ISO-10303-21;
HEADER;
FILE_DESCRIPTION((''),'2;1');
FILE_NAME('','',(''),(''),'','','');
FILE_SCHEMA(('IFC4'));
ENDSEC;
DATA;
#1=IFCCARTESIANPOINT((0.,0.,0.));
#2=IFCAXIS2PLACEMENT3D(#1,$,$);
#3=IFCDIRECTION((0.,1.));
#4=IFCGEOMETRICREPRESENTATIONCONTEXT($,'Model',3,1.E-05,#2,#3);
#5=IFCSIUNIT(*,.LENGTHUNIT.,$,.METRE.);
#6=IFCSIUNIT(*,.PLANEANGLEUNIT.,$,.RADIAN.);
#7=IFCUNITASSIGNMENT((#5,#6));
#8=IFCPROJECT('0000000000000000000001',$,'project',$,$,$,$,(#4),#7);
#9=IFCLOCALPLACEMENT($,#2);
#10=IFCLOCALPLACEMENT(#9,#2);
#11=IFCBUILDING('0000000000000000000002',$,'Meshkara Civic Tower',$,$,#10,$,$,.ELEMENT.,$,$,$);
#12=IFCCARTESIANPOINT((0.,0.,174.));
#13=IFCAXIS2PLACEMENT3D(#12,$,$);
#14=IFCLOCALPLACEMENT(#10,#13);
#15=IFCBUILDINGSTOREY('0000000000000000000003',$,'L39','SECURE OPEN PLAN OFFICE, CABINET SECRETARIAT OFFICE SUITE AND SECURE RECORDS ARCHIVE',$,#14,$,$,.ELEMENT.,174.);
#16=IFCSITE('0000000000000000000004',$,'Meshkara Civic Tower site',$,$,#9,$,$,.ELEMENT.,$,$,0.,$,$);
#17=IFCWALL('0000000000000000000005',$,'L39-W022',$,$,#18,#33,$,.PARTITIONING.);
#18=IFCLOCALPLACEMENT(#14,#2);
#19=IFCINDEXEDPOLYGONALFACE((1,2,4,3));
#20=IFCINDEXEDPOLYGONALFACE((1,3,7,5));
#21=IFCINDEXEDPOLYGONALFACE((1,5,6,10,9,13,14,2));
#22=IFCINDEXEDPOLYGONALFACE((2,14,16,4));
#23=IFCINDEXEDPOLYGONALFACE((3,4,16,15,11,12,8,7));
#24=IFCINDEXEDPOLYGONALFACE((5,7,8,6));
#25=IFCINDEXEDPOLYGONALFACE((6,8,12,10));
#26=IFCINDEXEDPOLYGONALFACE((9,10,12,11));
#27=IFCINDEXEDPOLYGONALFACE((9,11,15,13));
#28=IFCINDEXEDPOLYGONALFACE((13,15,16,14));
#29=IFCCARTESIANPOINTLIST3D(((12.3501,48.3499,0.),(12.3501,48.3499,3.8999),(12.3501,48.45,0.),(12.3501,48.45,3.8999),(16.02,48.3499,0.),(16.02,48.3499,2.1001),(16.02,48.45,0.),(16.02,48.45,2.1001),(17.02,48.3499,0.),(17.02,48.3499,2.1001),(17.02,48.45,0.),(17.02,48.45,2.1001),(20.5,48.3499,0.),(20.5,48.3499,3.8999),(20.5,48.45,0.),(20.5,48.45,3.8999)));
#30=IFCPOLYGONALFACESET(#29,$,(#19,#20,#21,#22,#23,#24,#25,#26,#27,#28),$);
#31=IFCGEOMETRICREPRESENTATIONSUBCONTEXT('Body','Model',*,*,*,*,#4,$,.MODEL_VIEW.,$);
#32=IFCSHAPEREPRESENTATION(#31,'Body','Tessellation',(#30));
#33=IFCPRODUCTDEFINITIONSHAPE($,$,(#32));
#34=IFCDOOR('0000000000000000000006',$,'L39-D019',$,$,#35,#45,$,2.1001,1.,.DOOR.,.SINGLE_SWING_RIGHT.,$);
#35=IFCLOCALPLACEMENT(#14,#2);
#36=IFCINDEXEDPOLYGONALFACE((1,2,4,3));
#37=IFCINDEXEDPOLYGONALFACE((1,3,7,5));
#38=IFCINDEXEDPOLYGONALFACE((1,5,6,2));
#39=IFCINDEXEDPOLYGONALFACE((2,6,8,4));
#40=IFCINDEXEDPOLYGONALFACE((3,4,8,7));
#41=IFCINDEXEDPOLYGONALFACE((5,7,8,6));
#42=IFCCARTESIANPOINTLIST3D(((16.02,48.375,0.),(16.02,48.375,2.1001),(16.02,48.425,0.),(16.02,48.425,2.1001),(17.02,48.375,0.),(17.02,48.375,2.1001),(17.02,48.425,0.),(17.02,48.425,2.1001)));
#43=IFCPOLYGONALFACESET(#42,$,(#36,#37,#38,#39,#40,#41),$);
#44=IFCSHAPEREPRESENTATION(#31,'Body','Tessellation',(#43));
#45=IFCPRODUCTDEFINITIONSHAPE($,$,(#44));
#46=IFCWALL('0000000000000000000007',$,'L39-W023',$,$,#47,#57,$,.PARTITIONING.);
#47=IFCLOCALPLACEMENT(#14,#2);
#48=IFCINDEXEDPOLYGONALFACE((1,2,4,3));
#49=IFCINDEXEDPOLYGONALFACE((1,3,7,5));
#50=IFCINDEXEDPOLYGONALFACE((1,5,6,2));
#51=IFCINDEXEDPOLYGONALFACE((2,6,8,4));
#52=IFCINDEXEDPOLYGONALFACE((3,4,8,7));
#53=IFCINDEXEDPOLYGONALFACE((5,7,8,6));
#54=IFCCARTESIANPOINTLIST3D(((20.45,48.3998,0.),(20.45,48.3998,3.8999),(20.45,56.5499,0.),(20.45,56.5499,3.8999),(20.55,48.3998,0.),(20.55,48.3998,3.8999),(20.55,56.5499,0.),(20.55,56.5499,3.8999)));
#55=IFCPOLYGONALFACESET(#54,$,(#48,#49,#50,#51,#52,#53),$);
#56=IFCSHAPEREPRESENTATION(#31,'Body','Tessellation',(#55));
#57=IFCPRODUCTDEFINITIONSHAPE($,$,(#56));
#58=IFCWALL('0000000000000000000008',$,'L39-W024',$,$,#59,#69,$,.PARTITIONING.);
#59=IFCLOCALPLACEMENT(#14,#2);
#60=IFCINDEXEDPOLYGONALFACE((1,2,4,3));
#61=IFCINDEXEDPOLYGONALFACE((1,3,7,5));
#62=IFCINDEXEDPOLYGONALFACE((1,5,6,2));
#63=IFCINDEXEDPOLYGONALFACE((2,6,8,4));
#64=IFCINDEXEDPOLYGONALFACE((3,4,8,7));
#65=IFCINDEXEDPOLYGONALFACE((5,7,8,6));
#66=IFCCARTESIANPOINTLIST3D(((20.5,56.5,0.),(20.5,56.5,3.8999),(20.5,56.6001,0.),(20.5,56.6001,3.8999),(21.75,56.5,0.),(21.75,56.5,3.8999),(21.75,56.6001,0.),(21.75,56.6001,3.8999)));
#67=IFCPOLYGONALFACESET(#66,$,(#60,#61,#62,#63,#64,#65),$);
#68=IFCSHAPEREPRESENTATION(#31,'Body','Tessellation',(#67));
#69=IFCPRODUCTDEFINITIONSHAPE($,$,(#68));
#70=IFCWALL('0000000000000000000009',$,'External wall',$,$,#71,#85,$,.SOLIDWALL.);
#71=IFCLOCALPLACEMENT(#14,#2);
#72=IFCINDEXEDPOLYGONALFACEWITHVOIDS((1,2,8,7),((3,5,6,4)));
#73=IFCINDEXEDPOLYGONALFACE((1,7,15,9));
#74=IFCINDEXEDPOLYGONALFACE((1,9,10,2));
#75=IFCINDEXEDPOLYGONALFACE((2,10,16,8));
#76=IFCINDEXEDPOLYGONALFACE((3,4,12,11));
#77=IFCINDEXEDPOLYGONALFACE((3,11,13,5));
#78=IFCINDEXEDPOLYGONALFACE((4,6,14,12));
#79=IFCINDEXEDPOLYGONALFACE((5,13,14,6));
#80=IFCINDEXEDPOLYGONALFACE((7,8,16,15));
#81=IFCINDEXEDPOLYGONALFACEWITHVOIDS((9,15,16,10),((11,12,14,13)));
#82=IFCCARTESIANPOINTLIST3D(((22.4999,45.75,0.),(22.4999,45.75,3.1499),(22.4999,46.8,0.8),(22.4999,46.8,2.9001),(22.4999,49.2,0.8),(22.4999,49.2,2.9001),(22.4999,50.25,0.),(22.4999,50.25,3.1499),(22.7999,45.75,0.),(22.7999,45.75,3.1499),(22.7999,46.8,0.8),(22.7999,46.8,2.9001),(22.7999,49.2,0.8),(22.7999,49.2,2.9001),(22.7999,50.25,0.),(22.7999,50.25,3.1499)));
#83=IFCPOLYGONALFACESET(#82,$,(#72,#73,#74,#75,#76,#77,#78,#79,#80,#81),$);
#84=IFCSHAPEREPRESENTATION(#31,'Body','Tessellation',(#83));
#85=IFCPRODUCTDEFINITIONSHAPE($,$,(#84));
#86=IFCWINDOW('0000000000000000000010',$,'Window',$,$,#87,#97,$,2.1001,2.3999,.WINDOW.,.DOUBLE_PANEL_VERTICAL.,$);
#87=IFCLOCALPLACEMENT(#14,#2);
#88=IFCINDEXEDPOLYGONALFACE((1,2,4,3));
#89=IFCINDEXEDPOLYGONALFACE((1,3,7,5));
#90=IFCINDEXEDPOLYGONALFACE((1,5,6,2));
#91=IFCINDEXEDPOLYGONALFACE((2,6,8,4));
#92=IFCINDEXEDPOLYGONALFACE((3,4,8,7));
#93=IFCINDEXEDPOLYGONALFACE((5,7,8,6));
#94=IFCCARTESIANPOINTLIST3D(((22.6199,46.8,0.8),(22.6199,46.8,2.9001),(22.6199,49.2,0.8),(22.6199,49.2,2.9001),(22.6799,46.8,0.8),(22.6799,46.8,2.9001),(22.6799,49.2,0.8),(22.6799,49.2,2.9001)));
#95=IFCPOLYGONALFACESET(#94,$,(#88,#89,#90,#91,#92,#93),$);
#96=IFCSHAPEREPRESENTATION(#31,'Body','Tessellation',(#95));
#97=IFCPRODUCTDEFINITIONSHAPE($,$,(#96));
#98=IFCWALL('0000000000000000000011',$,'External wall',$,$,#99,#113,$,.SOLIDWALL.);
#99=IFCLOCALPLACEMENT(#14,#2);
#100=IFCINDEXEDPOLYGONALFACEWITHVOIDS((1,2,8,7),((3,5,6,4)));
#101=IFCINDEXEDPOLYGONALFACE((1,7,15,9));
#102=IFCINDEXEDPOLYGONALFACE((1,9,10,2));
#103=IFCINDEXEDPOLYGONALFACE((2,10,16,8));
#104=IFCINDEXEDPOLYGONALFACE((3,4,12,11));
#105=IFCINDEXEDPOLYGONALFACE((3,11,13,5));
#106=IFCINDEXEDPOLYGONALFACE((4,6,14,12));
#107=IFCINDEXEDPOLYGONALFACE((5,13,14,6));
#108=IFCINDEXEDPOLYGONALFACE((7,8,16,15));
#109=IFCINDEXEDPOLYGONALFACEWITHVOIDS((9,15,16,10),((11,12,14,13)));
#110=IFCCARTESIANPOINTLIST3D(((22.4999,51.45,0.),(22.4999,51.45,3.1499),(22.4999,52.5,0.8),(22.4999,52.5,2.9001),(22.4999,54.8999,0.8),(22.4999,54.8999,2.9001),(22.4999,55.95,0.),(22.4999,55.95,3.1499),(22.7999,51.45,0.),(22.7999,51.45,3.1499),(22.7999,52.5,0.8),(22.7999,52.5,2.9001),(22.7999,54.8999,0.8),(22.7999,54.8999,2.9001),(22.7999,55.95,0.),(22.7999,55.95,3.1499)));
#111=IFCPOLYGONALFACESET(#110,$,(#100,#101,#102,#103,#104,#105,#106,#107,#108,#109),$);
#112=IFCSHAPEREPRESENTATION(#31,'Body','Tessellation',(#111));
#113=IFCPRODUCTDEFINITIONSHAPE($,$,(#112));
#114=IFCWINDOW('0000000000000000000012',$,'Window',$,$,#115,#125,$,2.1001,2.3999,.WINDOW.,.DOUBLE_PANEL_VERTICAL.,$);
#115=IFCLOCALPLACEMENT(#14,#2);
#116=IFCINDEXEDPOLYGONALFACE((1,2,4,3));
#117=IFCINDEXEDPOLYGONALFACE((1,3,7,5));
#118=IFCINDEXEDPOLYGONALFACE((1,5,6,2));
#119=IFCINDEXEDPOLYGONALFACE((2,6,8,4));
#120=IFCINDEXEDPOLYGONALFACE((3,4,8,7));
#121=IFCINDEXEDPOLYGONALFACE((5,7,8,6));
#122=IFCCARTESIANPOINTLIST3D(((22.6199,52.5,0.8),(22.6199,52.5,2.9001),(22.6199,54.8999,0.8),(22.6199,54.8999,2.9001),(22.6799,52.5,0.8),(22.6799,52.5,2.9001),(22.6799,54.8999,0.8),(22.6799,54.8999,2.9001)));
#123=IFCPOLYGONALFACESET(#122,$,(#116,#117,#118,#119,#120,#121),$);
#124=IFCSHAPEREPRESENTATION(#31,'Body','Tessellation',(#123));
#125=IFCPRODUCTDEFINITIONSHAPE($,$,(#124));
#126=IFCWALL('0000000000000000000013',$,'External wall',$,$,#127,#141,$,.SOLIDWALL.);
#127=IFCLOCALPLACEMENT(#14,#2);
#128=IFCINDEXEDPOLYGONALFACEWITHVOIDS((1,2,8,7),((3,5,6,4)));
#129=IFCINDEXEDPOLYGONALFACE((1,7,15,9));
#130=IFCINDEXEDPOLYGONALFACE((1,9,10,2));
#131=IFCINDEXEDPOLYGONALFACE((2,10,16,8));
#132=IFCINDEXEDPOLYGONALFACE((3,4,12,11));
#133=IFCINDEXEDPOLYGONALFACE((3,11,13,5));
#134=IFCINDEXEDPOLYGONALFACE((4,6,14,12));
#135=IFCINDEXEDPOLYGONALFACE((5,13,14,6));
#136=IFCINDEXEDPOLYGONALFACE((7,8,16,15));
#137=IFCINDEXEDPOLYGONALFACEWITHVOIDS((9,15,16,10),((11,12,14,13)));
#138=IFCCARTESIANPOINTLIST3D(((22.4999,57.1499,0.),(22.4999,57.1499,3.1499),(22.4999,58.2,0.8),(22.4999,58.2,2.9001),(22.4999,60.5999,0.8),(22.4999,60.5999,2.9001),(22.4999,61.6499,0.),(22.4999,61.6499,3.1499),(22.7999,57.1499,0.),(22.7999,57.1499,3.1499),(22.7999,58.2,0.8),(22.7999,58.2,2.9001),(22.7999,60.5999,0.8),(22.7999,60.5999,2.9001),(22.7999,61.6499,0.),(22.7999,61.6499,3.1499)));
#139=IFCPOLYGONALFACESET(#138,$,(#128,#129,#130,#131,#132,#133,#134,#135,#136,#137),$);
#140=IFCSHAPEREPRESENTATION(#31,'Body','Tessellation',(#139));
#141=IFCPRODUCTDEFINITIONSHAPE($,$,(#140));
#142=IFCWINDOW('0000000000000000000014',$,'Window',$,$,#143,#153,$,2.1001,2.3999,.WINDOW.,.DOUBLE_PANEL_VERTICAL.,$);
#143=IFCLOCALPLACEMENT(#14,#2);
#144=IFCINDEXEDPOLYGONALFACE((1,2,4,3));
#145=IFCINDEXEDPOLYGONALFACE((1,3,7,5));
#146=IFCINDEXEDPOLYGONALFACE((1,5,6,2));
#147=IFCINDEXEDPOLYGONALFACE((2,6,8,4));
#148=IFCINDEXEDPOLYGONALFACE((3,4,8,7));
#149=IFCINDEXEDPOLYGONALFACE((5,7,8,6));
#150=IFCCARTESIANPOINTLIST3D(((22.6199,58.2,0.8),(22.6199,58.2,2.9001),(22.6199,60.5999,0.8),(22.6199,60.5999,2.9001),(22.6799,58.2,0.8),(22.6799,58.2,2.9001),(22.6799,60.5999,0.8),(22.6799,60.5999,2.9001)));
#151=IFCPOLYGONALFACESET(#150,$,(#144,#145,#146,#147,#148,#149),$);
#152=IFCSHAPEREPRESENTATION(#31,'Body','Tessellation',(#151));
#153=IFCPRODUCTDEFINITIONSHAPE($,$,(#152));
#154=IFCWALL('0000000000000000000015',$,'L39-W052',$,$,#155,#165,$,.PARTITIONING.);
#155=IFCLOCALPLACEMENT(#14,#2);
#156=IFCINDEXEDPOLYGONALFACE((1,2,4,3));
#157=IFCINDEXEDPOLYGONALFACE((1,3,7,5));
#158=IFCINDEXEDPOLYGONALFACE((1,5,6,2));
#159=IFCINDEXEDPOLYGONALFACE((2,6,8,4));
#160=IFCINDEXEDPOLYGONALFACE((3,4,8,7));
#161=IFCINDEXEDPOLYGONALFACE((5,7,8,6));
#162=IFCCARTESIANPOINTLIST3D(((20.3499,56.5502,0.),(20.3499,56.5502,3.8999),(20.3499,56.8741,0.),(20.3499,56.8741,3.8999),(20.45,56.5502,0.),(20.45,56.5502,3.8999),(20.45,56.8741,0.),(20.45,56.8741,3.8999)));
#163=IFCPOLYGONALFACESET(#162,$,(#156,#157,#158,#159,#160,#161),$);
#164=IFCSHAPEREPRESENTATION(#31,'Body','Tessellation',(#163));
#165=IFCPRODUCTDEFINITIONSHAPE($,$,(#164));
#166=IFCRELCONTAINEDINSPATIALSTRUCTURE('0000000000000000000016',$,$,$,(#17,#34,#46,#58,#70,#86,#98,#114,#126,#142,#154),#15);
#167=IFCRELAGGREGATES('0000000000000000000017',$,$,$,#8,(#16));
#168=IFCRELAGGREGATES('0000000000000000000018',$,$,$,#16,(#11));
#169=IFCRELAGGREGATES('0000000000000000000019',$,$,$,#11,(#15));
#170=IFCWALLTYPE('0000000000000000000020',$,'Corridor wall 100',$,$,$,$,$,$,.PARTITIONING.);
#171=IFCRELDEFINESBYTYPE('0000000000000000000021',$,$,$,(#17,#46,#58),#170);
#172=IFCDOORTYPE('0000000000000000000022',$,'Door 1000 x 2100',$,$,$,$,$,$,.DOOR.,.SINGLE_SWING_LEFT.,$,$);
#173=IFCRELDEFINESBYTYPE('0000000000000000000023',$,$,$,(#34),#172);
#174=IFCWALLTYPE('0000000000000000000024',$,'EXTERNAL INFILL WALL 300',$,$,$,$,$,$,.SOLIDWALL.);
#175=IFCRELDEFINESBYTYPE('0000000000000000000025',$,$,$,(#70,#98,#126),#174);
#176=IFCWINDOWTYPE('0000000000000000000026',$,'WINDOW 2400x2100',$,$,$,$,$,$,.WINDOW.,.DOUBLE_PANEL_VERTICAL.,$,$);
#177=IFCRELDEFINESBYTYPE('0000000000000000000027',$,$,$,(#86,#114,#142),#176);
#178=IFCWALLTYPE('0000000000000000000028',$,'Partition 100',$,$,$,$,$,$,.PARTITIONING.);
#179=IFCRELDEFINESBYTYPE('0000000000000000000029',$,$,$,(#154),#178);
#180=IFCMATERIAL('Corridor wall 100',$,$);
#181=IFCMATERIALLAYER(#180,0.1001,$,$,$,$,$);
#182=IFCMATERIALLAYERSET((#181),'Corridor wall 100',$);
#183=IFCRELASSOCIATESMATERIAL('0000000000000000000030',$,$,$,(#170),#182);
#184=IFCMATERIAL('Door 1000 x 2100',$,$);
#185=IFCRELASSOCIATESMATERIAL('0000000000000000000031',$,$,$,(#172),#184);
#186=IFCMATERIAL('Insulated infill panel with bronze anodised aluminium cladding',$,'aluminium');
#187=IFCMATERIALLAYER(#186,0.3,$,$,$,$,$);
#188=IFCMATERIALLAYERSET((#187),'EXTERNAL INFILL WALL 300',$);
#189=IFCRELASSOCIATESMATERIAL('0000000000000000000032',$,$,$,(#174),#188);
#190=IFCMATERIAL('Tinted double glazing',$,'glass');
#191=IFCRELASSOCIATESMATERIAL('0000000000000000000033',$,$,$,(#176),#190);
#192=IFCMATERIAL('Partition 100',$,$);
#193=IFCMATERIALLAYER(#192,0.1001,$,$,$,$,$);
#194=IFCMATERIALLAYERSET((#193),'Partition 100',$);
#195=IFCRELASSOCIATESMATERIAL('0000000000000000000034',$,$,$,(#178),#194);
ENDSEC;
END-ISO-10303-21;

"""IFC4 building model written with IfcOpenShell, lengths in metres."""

from ifc_helpers import new_model, si_unit, direction, frame, frame_2d, origin, place, context, subcontext, project, spatial, rectangle, extrude, material, layer, layer_set, type_object, element, fill, save


model = new_model("IFC4")

# Units and contexts
model_context = context("Model", 3, precision=1e-05, world=origin(), true_north=direction((0.0, 1.0)))
body_context = subcontext(model_context, "Body", "Model", "MODEL_VIEW")
ifc_project = project(units=[si_unit("LENGTHUNIT", "METRE"), si_unit("PLANEANGLEUNIT", "RADIAN")], contexts=[model_context])

# Site, building, storey
site_placement = place(None, origin())
site = spatial("IfcSite", under=ifc_project, at=site_placement, Name="Meshkara Civic Tower site", CompositionType="ELEMENT", RefElevation=0.0)
building_placement = place(site_placement, origin())
building = spatial("IfcBuilding", under=site, at=building_placement, Name="Meshkara Civic Tower", CompositionType="ELEMENT")
storey_placement = place(building_placement, frame((0.0, 0.0, 174.0)))
storey = spatial("IfcBuildingStorey", under=building, at=storey_placement, Name="L39", Description="SECURE OPEN PLAN OFFICE, CABINET SECRETARIAT OFFICE SUITE AND SECURE RECORDS ARCHIVE", CompositionType="ELEMENT", Elevation=174.0)

# Shared definitions
ifc_material_1 = material(Name="Corridor wall 100")
ifc_layer_1 = layer(ifc_material_1, 0.1001)
ifc_layer_set_1 = layer_set([ifc_layer_1], Name="Corridor wall 100")
wall_type_1 = type_object("IfcWallType", Name="Corridor wall 100", PredefinedType="PARTITIONING", material=ifc_layer_set_1)

# Shared definitions
ifc_material_2 = material(Name="Door 1000 x 2100")
door_type = type_object("IfcDoorType", Name="Door 1000 x 2100", OperationType="SINGLE_SWING_LEFT", PredefinedType="DOOR", material=ifc_material_2)

# Wall, opening, door
wall_1_placement = place(storey_placement, frame((20.5, 48.3999, 0.0), z_axis=(0.0, 0.0, 1.0), x_axis=(-1.0, 0.0, 0.0)))
wall_1 = element("IfcWall", 1, at=wall_1_placement, inside=storey, type_object=wall_type_1, Name="L39-W022", PredefinedType="PARTITIONING", context=body_context, shape_type="SweptSolid", body=[
    extrude(rectangle(XDim=8.1499, YDim=0.1001, at=frame_2d((4.075, 0.0))), origin(), (0.0, 0.0, 1.0), 3.8999),
])
opening_1_placement = place(wall_1_placement, frame((3.48, 0.0, 0.0)))
opening_1 = element("IfcOpeningElement", 2, at=opening_1_placement, cuts=wall_1, PredefinedType="OPENING", context=body_context, shape_type="SweptSolid", body=[
    extrude(rectangle(XDim=1.0, YDim=2.1001, at=frame_2d((0.5, 1.05))), frame((0.0, 0.0601, 0.0), z_axis=(0.0, -1.0, 0.0), x_axis=(1.0, 0.0, 0.0)), (0.0, 0.0, 1.0), 0.1201),
])
door_1_placement = place(opening_1_placement, origin())
door_1 = element("IfcDoor", 3, at=door_1_placement, inside=storey, type_object=door_type, Name="L39-D019", OperationType="SINGLE_SWING_RIGHT", OverallHeight=2.1001, OverallWidth=1.0, PredefinedType="DOOR", context=body_context, shape_type="SweptSolid", body=[
    extrude(rectangle(XDim=1.0, YDim=2.1001, at=frame_2d((0.5, 1.05))), frame((0.0, 0.0249, 0.0), z_axis=(0.0, -1.0, 0.0), x_axis=(1.0, 0.0, 0.0)), (0.0, 0.0, 1.0), 0.05),
])
fill(opening_1, door_1)

# Walls
wall_2_placement = place(storey_placement, frame((20.5, 56.55, 0.0), z_axis=(0.0, 0.0, 1.0), x_axis=(0.0, -1.0, 0.0)))
element("IfcWall", 4, at=wall_2_placement, inside=storey, type_object=wall_type_1, Name="L39-W023", PredefinedType="PARTITIONING", context=body_context, shape_type="SweptSolid", body=[
    extrude(rectangle(XDim=8.1501, YDim=0.1001, at=frame_2d((4.0752, 0.0))), origin(), (0.0, 0.0, 1.0), 3.8999),
])
wall_3_placement = place(storey_placement, frame((21.75, 56.55, 0.0), z_axis=(0.0, 0.0, 1.0), x_axis=(-1.0, 0.0, 0.0)))
element("IfcWall", 5, at=wall_3_placement, inside=storey, type_object=wall_type_1, Name="L39-W024", PredefinedType="PARTITIONING", context=body_context, shape_type="SweptSolid", body=[
    extrude(rectangle(XDim=1.25, YDim=0.1001, at=frame_2d((0.625, 0.0))), origin(), (0.0, 0.0, 1.0), 3.8999),
])

# Walls, openings, windows
ifc_material_3 = material(Name="Insulated infill panel with bronze anodised aluminium cladding", Category="aluminium")
ifc_layer_2 = layer(ifc_material_3, 0.3)
ifc_layer_set_2 = layer_set([ifc_layer_2], Name="EXTERNAL INFILL WALL 300")
wall_type_2 = type_object("IfcWallType", Name="EXTERNAL INFILL WALL 300", PredefinedType="SOLIDWALL", material=ifc_layer_set_2)
wall_4_placement = place(storey_placement, frame((22.6499, 45.75, 0.0), z_axis=(0.0, 0.0, 1.0), x_axis=(0.0, 1.0, 0.0)))
wall_4 = element("IfcWall", 6, at=wall_4_placement, inside=storey, type_object=wall_type_2, Name="External wall", PredefinedType="SOLIDWALL", context=body_context, shape_type="SweptSolid", body=[
    extrude(rectangle(XDim=4.5, YDim=0.3, at=frame_2d((2.25, 0.0))), origin(), (0.0, 0.0, 1.0), 3.1499),
])
opening_2_placement = place(wall_4_placement, frame((1.05, 0.0, 0.8)))
opening_2 = element("IfcOpeningElement", 7, at=opening_2_placement, cuts=wall_4, PredefinedType="OPENING", context=body_context, shape_type="SweptSolid", body=[
    extrude(rectangle(XDim=2.3999, YDim=2.1001, at=frame_2d((1.2, 1.05))), frame((0.0, 0.1599, 0.0), z_axis=(0.0, -1.0, 0.0), x_axis=(1.0, 0.0, 0.0)), (0.0, 0.0, 1.0), 0.3201),
])
ifc_material_4 = material(Name="Tinted double glazing", Category="glass")
window_type = type_object("IfcWindowType", Name="WINDOW 2400x2100", PartitioningType="DOUBLE_PANEL_VERTICAL", PredefinedType="WINDOW", material=ifc_material_4)
window_1_placement = place(opening_2_placement, origin())
window_1 = element("IfcWindow", 8, at=window_1_placement, inside=storey, type_object=window_type, Name="Window", OverallHeight=2.1001, OverallWidth=2.3999, PartitioningType="DOUBLE_PANEL_VERTICAL", PredefinedType="WINDOW", context=body_context, shape_type="SweptSolid", body=[
    extrude(rectangle(XDim=2.3999, YDim=2.1001, at=frame_2d((1.2, 1.05))), frame((0.0, 0.03, 0.0), z_axis=(0.0, -1.0, 0.0), x_axis=(1.0, 0.0, 0.0)), (0.0, 0.0, 1.0), 0.0601),
])
fill(opening_2, window_1)
wall_5_placement = place(storey_placement, frame((22.6499, 51.45, 0.0), z_axis=(0.0, 0.0, 1.0), x_axis=(0.0, 1.0, 0.0)))
wall_5 = element("IfcWall", 9, at=wall_5_placement, inside=storey, type_object=wall_type_2, Name="External wall", PredefinedType="SOLIDWALL", context=body_context, shape_type="SweptSolid", body=[
    extrude(rectangle(XDim=4.5, YDim=0.3, at=frame_2d((2.25, 0.0))), origin(), (0.0, 0.0, 1.0), 3.1499),
])
opening_3_placement = place(wall_5_placement, frame((1.05, 0.0, 0.8)))
opening_3 = element("IfcOpeningElement", 10, at=opening_3_placement, cuts=wall_5, PredefinedType="OPENING", context=body_context, shape_type="SweptSolid", body=[
    extrude(rectangle(XDim=2.3999, YDim=2.1001, at=frame_2d((1.2, 1.05))), frame((0.0, 0.1599, 0.0), z_axis=(0.0, -1.0, 0.0), x_axis=(1.0, 0.0, 0.0)), (0.0, 0.0, 1.0), 0.3201),
])
window_2_placement = place(opening_3_placement, origin())
window_2 = element("IfcWindow", 11, at=window_2_placement, inside=storey, type_object=window_type, Name="Window", OverallHeight=2.1001, OverallWidth=2.3999, PartitioningType="DOUBLE_PANEL_VERTICAL", PredefinedType="WINDOW", context=body_context, shape_type="SweptSolid", body=[
    extrude(rectangle(XDim=2.3999, YDim=2.1001, at=frame_2d((1.2, 1.05))), frame((0.0, 0.03, 0.0), z_axis=(0.0, -1.0, 0.0), x_axis=(1.0, 0.0, 0.0)), (0.0, 0.0, 1.0), 0.0601),
])
fill(opening_3, window_2)
wall_6_placement = place(storey_placement, frame((22.6499, 57.1499, 0.0), z_axis=(0.0, 0.0, 1.0), x_axis=(0.0, 1.0, 0.0)))
wall_6 = element("IfcWall", 12, at=wall_6_placement, inside=storey, type_object=wall_type_2, Name="External wall", PredefinedType="SOLIDWALL", context=body_context, shape_type="SweptSolid", body=[
    extrude(rectangle(XDim=4.5, YDim=0.3, at=frame_2d((2.25, 0.0))), origin(), (0.0, 0.0, 1.0), 3.1499),
])
opening_4_placement = place(wall_6_placement, frame((1.05, 0.0, 0.8)))
opening_4 = element("IfcOpeningElement", 13, at=opening_4_placement, cuts=wall_6, PredefinedType="OPENING", context=body_context, shape_type="SweptSolid", body=[
    extrude(rectangle(XDim=2.3999, YDim=2.1001, at=frame_2d((1.2, 1.05))), frame((0.0, 0.1599, 0.0), z_axis=(0.0, -1.0, 0.0), x_axis=(1.0, 0.0, 0.0)), (0.0, 0.0, 1.0), 0.3201),
])
window_3_placement = place(opening_4_placement, origin())
window_3 = element("IfcWindow", 14, at=window_3_placement, inside=storey, type_object=window_type, Name="Window", OverallHeight=2.1001, OverallWidth=2.3999, PartitioningType="DOUBLE_PANEL_VERTICAL", PredefinedType="WINDOW", context=body_context, shape_type="SweptSolid", body=[
    extrude(rectangle(XDim=2.3999, YDim=2.1001, at=frame_2d((1.2, 1.05))), frame((0.0, 0.03, 0.0), z_axis=(0.0, -1.0, 0.0), x_axis=(1.0, 0.0, 0.0)), (0.0, 0.0, 1.0), 0.0601),
])
fill(opening_4, window_3)

# Wall
ifc_material_5 = material(Name="Partition 100")
ifc_layer_3 = layer(ifc_material_5, 0.1001)
ifc_layer_set_3 = layer_set([ifc_layer_3], Name="Partition 100")
wall_type_3 = type_object("IfcWallType", Name="Partition 100", PredefinedType="PARTITIONING", material=ifc_layer_set_3)
wall_7_placement = place(storey_placement, frame((20.3999, 56.55, 0.0), z_axis=(0.0, 0.0, 1.0), x_axis=(0.0, 1.0, 0.0)))
element("IfcWall", 15, at=wall_7_placement, inside=storey, type_object=wall_type_3, Name="L39-W052", PredefinedType="PARTITIONING", context=body_context, shape_type="SweptSolid", body=[
    extrude(rectangle(XDim=0.324, YDim=0.1001, at=frame_2d((0.1621, 0.0))), origin(), (0.0, 0.0, 1.0), 3.8999),
])

save(model, "model.ifc")
